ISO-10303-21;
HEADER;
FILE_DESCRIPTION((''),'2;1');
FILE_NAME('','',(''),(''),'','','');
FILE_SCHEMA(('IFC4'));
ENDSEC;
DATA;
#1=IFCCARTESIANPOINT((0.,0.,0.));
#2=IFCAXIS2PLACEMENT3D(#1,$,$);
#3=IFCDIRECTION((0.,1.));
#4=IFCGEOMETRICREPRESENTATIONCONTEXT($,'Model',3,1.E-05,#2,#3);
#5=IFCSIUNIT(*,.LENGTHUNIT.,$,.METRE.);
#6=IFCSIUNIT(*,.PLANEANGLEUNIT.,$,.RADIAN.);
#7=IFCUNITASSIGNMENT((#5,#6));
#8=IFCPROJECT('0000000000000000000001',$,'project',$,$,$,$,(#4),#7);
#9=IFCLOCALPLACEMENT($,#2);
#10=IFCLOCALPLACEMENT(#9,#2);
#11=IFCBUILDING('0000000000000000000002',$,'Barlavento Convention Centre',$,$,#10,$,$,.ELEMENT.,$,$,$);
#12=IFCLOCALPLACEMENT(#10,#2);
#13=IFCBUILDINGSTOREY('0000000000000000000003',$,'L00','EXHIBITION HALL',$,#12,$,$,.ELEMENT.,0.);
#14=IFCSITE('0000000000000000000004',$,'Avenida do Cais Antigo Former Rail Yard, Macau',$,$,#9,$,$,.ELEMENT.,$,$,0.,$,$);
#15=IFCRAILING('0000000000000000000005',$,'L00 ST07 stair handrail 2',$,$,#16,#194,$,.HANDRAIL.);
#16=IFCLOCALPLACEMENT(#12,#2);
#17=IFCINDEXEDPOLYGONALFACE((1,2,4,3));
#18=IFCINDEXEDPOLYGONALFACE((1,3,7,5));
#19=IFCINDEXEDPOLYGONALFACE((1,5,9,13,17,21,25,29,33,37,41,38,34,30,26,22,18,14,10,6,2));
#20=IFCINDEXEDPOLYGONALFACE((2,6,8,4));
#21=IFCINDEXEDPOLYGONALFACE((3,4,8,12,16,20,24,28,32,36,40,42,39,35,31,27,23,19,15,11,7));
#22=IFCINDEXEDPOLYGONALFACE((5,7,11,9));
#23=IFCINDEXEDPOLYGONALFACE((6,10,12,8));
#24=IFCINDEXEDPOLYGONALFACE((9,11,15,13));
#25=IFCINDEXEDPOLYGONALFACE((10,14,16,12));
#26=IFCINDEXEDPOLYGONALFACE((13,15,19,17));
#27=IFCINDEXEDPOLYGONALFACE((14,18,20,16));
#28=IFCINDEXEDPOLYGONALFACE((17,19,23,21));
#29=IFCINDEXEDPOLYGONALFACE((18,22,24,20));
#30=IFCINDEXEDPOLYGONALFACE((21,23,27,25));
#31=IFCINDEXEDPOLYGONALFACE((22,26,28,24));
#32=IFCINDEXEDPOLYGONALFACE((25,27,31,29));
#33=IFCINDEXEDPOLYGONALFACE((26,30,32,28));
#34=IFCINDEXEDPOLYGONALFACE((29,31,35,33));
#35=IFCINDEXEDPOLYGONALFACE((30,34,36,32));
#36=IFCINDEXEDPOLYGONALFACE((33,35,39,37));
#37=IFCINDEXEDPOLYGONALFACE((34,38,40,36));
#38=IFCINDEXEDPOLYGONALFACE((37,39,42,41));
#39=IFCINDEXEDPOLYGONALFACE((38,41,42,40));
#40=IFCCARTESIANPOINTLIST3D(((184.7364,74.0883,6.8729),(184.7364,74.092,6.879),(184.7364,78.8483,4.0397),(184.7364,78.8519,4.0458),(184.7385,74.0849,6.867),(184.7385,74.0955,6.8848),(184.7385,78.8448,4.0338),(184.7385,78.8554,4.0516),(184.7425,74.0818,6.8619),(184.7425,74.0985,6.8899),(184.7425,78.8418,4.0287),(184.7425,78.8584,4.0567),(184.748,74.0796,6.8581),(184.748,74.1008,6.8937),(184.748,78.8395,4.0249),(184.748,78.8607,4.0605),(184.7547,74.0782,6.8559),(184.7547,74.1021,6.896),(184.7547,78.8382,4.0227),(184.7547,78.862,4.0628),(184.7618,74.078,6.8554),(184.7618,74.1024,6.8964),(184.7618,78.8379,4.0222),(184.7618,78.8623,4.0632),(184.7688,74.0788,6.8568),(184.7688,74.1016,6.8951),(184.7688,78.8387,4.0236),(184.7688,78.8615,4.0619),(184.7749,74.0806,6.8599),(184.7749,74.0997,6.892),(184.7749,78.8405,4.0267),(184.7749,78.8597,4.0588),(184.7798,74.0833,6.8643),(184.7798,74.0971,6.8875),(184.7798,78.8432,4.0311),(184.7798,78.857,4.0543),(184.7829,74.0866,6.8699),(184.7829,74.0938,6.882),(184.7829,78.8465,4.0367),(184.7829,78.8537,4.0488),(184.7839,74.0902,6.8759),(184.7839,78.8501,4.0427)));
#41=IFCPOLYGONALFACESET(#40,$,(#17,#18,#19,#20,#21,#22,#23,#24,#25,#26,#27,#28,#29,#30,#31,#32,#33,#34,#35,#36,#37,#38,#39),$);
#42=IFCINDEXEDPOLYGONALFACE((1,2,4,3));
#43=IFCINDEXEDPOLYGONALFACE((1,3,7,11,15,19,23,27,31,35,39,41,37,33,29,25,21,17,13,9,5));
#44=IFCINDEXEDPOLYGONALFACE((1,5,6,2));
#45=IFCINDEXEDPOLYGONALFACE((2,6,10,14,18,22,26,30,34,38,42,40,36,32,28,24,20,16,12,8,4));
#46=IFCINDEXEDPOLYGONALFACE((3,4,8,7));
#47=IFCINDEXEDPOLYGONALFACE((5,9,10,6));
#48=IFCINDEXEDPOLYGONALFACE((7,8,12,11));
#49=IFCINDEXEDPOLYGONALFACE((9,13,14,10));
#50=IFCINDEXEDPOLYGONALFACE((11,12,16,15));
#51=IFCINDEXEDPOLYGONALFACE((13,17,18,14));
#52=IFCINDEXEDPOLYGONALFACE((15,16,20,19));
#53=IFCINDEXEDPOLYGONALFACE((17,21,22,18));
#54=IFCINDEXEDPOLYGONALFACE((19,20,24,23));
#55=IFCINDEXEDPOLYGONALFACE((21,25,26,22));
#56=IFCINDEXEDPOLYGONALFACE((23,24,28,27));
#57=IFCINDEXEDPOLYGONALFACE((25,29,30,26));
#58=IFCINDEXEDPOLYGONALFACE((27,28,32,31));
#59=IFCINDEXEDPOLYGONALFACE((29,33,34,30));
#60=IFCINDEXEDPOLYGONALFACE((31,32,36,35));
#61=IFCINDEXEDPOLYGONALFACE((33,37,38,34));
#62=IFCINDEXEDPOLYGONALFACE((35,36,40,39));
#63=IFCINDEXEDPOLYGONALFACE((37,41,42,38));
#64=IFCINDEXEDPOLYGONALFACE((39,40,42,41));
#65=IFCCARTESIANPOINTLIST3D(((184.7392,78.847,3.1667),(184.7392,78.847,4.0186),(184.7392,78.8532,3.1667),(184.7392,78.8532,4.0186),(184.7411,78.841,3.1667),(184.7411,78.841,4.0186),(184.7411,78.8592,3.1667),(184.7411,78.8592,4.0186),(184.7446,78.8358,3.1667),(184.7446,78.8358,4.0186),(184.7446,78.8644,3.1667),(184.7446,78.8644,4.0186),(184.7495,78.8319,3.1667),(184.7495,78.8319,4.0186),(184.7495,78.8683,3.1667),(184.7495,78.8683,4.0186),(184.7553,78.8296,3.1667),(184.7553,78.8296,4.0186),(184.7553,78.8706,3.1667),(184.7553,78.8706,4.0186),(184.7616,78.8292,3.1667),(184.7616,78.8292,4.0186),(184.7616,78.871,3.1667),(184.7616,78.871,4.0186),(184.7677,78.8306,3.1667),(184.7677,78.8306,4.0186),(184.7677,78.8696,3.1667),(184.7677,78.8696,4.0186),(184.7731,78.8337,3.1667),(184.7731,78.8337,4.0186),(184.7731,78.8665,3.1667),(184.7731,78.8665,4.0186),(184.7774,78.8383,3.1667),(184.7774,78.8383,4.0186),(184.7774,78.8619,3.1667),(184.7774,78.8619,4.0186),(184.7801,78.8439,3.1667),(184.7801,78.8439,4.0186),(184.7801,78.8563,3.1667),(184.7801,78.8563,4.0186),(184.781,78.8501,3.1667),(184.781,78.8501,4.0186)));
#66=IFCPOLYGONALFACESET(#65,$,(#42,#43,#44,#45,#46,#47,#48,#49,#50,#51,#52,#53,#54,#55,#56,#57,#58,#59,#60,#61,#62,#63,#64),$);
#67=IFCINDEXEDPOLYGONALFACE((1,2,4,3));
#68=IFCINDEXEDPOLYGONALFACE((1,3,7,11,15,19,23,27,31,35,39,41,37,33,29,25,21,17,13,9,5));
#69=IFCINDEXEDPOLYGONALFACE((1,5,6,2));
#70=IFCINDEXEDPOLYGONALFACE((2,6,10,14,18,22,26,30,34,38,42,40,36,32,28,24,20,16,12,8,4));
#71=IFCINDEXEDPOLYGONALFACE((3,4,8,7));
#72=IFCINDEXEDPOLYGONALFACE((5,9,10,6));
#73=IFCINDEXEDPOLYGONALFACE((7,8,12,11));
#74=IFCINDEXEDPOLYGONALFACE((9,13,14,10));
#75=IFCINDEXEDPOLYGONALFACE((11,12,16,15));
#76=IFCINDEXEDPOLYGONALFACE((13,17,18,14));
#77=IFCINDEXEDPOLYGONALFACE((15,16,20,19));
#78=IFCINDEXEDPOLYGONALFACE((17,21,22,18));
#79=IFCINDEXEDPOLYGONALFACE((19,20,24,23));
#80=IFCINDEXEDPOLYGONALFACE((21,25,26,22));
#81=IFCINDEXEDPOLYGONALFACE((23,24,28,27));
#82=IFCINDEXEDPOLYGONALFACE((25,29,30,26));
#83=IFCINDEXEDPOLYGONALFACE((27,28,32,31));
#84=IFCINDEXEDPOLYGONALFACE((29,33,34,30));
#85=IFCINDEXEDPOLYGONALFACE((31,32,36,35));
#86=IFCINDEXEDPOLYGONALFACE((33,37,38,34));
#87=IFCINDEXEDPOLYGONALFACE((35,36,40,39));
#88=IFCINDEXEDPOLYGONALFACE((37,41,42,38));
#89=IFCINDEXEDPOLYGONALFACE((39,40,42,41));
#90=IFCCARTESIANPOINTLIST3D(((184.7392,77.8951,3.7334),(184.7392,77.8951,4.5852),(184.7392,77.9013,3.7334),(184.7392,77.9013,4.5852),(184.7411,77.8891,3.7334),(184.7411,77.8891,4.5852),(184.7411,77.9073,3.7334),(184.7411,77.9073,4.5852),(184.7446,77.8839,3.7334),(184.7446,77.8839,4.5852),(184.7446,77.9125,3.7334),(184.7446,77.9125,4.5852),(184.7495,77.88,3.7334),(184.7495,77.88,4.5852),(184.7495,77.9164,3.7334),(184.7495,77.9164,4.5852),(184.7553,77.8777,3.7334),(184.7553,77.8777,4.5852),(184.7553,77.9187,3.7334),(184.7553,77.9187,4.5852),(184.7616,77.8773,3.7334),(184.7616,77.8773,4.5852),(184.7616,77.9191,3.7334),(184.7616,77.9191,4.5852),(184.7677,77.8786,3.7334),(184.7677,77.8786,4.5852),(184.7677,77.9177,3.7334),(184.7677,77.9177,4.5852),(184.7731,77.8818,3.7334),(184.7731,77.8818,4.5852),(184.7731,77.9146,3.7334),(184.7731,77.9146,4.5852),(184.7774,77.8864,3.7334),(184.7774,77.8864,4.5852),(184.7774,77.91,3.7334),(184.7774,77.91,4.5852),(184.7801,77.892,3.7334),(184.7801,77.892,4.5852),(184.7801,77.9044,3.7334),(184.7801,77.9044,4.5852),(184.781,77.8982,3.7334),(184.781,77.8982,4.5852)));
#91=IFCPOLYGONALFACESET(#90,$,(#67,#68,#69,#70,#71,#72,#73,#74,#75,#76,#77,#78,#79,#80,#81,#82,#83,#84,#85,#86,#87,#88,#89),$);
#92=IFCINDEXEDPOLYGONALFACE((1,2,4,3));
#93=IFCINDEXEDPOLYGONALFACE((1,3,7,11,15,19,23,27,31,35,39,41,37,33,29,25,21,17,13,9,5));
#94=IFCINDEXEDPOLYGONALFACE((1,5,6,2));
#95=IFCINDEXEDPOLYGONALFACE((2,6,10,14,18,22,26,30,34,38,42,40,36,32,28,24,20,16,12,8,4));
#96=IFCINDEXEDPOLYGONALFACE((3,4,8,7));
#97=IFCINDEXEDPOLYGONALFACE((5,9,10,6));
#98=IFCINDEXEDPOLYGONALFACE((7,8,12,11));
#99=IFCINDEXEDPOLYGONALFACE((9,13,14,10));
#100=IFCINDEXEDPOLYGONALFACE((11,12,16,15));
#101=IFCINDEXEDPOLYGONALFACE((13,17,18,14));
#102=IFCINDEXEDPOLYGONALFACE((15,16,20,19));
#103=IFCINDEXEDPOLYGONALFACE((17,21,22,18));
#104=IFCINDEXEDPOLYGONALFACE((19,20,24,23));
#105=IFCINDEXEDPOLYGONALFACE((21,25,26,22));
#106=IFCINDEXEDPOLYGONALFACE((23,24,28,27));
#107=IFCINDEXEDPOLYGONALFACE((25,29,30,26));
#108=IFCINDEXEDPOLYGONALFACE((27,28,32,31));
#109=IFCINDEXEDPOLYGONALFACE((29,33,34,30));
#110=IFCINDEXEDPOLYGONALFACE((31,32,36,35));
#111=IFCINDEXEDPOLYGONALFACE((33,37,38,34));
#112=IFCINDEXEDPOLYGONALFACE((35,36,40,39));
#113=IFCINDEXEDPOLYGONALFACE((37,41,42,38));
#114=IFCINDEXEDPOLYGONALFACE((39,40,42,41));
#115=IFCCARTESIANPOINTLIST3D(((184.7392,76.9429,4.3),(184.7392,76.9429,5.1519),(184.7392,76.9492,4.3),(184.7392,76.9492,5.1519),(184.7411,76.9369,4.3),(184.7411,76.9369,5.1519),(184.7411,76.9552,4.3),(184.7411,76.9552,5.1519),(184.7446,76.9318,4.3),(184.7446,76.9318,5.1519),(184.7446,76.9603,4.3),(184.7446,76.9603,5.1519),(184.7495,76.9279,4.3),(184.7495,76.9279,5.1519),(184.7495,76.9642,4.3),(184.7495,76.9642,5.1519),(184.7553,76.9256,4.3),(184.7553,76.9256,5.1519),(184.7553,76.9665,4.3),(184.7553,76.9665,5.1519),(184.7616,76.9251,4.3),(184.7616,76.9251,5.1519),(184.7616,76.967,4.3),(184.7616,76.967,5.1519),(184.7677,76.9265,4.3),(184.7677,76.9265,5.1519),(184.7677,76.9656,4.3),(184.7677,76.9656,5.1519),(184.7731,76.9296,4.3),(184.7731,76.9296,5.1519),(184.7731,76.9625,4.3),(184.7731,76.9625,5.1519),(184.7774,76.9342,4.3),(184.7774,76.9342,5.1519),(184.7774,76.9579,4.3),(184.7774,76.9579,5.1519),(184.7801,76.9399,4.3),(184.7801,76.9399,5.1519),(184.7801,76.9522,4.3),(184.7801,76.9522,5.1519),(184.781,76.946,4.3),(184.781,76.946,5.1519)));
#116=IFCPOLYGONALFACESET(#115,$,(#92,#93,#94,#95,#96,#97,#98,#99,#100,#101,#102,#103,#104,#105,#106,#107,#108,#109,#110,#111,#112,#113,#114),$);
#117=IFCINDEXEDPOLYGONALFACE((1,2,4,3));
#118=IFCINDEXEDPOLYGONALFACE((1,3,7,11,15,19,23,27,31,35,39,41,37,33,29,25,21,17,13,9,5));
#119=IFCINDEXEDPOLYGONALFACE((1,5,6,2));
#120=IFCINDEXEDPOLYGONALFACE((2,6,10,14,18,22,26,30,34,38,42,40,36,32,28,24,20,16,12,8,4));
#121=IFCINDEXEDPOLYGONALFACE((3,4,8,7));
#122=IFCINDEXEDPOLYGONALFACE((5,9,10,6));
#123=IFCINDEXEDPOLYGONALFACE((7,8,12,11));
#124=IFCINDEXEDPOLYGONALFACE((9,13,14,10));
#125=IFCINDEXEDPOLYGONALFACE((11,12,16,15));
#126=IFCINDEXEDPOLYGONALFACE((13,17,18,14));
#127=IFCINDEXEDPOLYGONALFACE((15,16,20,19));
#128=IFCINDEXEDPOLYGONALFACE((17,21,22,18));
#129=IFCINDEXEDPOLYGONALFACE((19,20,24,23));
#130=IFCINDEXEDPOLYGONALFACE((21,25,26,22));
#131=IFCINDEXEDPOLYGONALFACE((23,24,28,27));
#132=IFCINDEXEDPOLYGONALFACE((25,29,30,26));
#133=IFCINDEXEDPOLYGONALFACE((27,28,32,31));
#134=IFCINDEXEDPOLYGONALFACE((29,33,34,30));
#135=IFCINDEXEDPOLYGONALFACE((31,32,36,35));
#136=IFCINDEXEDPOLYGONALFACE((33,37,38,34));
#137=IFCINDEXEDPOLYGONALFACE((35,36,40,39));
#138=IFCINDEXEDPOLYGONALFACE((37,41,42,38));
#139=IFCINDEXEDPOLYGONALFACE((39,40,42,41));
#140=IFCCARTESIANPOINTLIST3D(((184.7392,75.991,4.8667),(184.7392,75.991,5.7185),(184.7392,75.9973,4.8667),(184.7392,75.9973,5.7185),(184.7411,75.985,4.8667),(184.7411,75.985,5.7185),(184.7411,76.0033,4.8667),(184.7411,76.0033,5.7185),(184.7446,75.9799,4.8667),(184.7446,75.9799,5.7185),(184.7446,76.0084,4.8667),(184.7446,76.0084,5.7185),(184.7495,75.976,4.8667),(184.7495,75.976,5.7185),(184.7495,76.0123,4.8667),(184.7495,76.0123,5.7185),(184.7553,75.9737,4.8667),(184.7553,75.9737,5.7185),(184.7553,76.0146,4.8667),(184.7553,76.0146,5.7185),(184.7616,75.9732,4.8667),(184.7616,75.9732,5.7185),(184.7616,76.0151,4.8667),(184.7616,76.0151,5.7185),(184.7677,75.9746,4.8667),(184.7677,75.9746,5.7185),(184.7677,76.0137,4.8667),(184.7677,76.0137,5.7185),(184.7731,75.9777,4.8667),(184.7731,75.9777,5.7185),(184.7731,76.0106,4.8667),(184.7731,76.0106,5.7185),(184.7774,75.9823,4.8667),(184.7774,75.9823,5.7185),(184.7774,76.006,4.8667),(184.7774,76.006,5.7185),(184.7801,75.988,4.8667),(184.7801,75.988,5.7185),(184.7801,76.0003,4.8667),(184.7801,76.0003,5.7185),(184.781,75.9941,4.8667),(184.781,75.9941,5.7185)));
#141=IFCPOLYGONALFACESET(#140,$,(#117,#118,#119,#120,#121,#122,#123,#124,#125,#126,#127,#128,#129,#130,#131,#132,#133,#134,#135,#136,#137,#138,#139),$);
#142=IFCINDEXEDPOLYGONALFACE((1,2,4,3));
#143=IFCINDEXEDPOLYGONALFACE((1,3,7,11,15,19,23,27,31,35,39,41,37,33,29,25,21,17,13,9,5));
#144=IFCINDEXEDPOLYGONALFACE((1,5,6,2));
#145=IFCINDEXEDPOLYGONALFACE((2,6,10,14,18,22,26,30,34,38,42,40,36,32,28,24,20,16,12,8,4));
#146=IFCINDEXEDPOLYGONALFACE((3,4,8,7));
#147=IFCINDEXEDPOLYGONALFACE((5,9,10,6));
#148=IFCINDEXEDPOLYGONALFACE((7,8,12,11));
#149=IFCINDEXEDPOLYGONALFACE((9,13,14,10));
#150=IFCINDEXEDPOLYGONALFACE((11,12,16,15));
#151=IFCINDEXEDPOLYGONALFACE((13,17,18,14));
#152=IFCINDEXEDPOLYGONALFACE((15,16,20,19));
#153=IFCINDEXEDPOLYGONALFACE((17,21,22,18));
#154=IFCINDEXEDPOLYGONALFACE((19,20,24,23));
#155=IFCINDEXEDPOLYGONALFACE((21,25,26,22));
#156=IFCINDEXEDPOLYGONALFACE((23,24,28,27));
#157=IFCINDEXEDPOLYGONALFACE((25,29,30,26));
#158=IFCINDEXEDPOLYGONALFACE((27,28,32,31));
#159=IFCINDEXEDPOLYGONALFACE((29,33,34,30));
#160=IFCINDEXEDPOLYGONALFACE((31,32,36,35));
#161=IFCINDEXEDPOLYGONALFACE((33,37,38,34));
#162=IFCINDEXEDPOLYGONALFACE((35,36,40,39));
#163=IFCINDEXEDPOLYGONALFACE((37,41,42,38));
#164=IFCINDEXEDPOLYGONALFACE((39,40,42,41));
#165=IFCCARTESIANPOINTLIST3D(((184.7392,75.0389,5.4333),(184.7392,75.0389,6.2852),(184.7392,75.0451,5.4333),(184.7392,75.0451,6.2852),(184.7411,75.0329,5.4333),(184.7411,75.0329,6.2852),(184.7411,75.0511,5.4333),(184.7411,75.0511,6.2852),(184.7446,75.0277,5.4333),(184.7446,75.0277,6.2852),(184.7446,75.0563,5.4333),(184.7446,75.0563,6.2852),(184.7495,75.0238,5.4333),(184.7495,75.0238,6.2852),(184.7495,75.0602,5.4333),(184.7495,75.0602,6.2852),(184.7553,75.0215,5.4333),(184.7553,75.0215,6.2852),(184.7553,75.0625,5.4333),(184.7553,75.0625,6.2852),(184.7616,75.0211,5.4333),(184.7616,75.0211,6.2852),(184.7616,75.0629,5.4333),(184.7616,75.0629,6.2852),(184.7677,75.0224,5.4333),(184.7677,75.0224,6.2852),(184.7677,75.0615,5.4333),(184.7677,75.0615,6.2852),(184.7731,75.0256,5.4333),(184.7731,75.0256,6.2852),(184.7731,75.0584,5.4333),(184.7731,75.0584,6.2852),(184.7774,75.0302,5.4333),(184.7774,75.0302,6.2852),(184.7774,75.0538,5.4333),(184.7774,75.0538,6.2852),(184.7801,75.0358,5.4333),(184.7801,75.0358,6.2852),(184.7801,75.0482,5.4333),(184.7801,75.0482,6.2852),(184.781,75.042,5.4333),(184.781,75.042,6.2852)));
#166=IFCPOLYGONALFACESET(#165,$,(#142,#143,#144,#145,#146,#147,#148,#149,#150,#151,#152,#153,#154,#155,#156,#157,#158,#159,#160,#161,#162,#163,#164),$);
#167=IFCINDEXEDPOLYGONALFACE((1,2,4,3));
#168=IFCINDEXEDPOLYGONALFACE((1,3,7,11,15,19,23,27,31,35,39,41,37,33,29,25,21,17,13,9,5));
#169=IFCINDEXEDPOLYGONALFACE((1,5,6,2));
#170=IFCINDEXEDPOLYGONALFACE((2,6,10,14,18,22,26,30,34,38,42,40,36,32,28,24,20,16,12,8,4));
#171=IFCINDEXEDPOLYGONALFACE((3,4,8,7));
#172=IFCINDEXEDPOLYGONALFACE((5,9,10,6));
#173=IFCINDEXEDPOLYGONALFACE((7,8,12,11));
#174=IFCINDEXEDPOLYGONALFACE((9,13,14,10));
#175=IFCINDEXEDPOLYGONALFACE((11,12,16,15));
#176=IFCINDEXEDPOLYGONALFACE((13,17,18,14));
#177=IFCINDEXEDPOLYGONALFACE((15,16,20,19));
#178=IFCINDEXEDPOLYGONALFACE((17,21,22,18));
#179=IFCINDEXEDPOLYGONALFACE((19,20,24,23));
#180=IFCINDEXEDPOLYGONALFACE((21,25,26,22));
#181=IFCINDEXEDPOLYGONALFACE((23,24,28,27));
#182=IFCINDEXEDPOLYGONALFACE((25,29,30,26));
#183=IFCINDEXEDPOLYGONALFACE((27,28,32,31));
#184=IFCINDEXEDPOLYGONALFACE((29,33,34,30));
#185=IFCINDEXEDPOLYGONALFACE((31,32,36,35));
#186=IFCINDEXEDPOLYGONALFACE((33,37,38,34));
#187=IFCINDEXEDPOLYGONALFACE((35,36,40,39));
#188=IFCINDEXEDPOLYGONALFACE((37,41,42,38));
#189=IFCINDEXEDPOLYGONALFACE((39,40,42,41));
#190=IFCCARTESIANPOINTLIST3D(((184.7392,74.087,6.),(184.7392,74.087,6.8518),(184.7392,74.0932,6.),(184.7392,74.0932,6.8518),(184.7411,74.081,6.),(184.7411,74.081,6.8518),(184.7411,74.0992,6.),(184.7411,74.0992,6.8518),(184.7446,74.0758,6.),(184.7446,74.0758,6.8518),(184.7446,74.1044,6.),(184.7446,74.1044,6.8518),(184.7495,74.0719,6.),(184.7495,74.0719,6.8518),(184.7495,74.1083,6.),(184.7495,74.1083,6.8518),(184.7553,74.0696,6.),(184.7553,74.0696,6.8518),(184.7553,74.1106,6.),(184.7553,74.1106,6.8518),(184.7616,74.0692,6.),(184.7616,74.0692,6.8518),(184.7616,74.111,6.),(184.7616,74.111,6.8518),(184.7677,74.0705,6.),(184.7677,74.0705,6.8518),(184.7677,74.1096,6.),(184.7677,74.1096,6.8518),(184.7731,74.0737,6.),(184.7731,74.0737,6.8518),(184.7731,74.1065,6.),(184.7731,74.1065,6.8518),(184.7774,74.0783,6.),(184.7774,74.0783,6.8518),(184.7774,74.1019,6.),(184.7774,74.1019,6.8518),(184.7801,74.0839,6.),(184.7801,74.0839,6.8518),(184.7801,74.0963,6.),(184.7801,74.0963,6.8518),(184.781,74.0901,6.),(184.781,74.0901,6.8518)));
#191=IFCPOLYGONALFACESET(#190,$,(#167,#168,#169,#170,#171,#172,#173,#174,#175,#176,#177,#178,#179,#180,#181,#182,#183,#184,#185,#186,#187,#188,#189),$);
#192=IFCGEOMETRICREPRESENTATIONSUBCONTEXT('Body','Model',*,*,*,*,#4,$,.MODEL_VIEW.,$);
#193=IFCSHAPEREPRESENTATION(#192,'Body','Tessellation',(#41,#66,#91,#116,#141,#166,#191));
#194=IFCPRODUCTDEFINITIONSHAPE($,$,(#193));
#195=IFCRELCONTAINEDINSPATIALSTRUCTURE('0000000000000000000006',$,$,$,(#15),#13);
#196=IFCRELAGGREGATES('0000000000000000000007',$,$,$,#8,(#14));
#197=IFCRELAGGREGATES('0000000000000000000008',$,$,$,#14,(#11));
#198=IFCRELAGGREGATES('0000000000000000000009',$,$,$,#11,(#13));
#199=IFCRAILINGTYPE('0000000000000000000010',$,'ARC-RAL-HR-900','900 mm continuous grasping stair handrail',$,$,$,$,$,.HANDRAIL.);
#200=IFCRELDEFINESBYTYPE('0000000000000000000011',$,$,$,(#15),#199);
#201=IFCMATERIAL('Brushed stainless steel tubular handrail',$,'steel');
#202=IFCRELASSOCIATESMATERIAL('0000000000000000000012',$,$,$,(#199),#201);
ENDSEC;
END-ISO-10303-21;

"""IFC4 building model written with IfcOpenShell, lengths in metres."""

from ifc_helpers import new_model, si_unit, direction, frame, origin, origin_2d, place, context, subcontext, project, spatial, circle, extrude, material, type_object, element, save


model = new_model("IFC4")

# Units and contexts
model_context = context("Model", 3, precision=1e-05, world=origin(), true_north=direction((0.0, 1.0)))
body_context = subcontext(model_context, "Body", "Model", "MODEL_VIEW")
ifc_project = project(units=[si_unit("LENGTHUNIT", "METRE"), si_unit("PLANEANGLEUNIT", "RADIAN")], contexts=[model_context])

# Site, building, storey
site_placement = place(None, origin())
site = spatial("IfcSite", under=ifc_project, at=site_placement, Name="Avenida do Cais Antigo Former Rail Yard, Macau", CompositionType="ELEMENT", RefElevation=0.0)
building_placement = place(site_placement, origin())
building = spatial("IfcBuilding", under=site, at=building_placement, Name="Barlavento Convention Centre", CompositionType="ELEMENT")
storey_placement = place(building_placement, origin())
storey = spatial("IfcBuildingStorey", under=building, at=storey_placement, Name="L00", Description="EXHIBITION HALL", CompositionType="ELEMENT", Elevation=0.0)

# Railing
ifc_material_1 = material(Name="Brushed stainless steel tubular handrail", Category="steel")
railing_type_1 = type_object("IfcRailingType", Name="ARC-RAL-HR-900", Description="900 mm continuous grasping stair handrail", PredefinedType="HANDRAIL", material=ifc_material_1)
railing_1_placement = place(storey_placement, frame((184.76, 78.8501, 3.1667)))
element("IfcRailing", 1, at=railing_1_placement, inside=storey, type_object=railing_type_1, Name="L00 ST07 stair handrail 2", PredefinedType="HANDRAIL", context=body_context, shape_type="SweptSolid", body=[
    extrude(circle(Radius=0.0239, at=origin_2d()), frame((0.0, 0.0, 0.876), z_axis=(0.0, -0.8593, 0.511472), x_axis=(1.0, 0.0, 0.0)), (0.0, 0.0, 1.0), 5.5393),
    extrude(circle(Radius=0.021, at=origin_2d()), origin(), (0.0, 0.0, 1.0), 0.8518),
    extrude(circle(Radius=0.021, at=origin_2d()), frame((0.0, -0.9519, 0.5667)), (0.0, 0.0, 1.0), 0.8518),
    extrude(circle(Radius=0.021, at=origin_2d()), frame((0.0, -1.9041, 1.1333)), (0.0, 0.0, 1.0), 0.8518),
    extrude(circle(Radius=0.021, at=origin_2d()), frame((0.0, -2.856, 1.7)), (0.0, 0.0, 1.0), 0.8518),
    extrude(circle(Radius=0.021, at=origin_2d()), frame((0.0, -3.8081, 2.2666)), (0.0, 0.0, 1.0), 0.8518),
    extrude(circle(Radius=0.021, at=origin_2d()), frame((0.0, -4.76, 2.8333)), (0.0, 0.0, 1.0), 0.8518),
])

save(model, "model.ifc")
